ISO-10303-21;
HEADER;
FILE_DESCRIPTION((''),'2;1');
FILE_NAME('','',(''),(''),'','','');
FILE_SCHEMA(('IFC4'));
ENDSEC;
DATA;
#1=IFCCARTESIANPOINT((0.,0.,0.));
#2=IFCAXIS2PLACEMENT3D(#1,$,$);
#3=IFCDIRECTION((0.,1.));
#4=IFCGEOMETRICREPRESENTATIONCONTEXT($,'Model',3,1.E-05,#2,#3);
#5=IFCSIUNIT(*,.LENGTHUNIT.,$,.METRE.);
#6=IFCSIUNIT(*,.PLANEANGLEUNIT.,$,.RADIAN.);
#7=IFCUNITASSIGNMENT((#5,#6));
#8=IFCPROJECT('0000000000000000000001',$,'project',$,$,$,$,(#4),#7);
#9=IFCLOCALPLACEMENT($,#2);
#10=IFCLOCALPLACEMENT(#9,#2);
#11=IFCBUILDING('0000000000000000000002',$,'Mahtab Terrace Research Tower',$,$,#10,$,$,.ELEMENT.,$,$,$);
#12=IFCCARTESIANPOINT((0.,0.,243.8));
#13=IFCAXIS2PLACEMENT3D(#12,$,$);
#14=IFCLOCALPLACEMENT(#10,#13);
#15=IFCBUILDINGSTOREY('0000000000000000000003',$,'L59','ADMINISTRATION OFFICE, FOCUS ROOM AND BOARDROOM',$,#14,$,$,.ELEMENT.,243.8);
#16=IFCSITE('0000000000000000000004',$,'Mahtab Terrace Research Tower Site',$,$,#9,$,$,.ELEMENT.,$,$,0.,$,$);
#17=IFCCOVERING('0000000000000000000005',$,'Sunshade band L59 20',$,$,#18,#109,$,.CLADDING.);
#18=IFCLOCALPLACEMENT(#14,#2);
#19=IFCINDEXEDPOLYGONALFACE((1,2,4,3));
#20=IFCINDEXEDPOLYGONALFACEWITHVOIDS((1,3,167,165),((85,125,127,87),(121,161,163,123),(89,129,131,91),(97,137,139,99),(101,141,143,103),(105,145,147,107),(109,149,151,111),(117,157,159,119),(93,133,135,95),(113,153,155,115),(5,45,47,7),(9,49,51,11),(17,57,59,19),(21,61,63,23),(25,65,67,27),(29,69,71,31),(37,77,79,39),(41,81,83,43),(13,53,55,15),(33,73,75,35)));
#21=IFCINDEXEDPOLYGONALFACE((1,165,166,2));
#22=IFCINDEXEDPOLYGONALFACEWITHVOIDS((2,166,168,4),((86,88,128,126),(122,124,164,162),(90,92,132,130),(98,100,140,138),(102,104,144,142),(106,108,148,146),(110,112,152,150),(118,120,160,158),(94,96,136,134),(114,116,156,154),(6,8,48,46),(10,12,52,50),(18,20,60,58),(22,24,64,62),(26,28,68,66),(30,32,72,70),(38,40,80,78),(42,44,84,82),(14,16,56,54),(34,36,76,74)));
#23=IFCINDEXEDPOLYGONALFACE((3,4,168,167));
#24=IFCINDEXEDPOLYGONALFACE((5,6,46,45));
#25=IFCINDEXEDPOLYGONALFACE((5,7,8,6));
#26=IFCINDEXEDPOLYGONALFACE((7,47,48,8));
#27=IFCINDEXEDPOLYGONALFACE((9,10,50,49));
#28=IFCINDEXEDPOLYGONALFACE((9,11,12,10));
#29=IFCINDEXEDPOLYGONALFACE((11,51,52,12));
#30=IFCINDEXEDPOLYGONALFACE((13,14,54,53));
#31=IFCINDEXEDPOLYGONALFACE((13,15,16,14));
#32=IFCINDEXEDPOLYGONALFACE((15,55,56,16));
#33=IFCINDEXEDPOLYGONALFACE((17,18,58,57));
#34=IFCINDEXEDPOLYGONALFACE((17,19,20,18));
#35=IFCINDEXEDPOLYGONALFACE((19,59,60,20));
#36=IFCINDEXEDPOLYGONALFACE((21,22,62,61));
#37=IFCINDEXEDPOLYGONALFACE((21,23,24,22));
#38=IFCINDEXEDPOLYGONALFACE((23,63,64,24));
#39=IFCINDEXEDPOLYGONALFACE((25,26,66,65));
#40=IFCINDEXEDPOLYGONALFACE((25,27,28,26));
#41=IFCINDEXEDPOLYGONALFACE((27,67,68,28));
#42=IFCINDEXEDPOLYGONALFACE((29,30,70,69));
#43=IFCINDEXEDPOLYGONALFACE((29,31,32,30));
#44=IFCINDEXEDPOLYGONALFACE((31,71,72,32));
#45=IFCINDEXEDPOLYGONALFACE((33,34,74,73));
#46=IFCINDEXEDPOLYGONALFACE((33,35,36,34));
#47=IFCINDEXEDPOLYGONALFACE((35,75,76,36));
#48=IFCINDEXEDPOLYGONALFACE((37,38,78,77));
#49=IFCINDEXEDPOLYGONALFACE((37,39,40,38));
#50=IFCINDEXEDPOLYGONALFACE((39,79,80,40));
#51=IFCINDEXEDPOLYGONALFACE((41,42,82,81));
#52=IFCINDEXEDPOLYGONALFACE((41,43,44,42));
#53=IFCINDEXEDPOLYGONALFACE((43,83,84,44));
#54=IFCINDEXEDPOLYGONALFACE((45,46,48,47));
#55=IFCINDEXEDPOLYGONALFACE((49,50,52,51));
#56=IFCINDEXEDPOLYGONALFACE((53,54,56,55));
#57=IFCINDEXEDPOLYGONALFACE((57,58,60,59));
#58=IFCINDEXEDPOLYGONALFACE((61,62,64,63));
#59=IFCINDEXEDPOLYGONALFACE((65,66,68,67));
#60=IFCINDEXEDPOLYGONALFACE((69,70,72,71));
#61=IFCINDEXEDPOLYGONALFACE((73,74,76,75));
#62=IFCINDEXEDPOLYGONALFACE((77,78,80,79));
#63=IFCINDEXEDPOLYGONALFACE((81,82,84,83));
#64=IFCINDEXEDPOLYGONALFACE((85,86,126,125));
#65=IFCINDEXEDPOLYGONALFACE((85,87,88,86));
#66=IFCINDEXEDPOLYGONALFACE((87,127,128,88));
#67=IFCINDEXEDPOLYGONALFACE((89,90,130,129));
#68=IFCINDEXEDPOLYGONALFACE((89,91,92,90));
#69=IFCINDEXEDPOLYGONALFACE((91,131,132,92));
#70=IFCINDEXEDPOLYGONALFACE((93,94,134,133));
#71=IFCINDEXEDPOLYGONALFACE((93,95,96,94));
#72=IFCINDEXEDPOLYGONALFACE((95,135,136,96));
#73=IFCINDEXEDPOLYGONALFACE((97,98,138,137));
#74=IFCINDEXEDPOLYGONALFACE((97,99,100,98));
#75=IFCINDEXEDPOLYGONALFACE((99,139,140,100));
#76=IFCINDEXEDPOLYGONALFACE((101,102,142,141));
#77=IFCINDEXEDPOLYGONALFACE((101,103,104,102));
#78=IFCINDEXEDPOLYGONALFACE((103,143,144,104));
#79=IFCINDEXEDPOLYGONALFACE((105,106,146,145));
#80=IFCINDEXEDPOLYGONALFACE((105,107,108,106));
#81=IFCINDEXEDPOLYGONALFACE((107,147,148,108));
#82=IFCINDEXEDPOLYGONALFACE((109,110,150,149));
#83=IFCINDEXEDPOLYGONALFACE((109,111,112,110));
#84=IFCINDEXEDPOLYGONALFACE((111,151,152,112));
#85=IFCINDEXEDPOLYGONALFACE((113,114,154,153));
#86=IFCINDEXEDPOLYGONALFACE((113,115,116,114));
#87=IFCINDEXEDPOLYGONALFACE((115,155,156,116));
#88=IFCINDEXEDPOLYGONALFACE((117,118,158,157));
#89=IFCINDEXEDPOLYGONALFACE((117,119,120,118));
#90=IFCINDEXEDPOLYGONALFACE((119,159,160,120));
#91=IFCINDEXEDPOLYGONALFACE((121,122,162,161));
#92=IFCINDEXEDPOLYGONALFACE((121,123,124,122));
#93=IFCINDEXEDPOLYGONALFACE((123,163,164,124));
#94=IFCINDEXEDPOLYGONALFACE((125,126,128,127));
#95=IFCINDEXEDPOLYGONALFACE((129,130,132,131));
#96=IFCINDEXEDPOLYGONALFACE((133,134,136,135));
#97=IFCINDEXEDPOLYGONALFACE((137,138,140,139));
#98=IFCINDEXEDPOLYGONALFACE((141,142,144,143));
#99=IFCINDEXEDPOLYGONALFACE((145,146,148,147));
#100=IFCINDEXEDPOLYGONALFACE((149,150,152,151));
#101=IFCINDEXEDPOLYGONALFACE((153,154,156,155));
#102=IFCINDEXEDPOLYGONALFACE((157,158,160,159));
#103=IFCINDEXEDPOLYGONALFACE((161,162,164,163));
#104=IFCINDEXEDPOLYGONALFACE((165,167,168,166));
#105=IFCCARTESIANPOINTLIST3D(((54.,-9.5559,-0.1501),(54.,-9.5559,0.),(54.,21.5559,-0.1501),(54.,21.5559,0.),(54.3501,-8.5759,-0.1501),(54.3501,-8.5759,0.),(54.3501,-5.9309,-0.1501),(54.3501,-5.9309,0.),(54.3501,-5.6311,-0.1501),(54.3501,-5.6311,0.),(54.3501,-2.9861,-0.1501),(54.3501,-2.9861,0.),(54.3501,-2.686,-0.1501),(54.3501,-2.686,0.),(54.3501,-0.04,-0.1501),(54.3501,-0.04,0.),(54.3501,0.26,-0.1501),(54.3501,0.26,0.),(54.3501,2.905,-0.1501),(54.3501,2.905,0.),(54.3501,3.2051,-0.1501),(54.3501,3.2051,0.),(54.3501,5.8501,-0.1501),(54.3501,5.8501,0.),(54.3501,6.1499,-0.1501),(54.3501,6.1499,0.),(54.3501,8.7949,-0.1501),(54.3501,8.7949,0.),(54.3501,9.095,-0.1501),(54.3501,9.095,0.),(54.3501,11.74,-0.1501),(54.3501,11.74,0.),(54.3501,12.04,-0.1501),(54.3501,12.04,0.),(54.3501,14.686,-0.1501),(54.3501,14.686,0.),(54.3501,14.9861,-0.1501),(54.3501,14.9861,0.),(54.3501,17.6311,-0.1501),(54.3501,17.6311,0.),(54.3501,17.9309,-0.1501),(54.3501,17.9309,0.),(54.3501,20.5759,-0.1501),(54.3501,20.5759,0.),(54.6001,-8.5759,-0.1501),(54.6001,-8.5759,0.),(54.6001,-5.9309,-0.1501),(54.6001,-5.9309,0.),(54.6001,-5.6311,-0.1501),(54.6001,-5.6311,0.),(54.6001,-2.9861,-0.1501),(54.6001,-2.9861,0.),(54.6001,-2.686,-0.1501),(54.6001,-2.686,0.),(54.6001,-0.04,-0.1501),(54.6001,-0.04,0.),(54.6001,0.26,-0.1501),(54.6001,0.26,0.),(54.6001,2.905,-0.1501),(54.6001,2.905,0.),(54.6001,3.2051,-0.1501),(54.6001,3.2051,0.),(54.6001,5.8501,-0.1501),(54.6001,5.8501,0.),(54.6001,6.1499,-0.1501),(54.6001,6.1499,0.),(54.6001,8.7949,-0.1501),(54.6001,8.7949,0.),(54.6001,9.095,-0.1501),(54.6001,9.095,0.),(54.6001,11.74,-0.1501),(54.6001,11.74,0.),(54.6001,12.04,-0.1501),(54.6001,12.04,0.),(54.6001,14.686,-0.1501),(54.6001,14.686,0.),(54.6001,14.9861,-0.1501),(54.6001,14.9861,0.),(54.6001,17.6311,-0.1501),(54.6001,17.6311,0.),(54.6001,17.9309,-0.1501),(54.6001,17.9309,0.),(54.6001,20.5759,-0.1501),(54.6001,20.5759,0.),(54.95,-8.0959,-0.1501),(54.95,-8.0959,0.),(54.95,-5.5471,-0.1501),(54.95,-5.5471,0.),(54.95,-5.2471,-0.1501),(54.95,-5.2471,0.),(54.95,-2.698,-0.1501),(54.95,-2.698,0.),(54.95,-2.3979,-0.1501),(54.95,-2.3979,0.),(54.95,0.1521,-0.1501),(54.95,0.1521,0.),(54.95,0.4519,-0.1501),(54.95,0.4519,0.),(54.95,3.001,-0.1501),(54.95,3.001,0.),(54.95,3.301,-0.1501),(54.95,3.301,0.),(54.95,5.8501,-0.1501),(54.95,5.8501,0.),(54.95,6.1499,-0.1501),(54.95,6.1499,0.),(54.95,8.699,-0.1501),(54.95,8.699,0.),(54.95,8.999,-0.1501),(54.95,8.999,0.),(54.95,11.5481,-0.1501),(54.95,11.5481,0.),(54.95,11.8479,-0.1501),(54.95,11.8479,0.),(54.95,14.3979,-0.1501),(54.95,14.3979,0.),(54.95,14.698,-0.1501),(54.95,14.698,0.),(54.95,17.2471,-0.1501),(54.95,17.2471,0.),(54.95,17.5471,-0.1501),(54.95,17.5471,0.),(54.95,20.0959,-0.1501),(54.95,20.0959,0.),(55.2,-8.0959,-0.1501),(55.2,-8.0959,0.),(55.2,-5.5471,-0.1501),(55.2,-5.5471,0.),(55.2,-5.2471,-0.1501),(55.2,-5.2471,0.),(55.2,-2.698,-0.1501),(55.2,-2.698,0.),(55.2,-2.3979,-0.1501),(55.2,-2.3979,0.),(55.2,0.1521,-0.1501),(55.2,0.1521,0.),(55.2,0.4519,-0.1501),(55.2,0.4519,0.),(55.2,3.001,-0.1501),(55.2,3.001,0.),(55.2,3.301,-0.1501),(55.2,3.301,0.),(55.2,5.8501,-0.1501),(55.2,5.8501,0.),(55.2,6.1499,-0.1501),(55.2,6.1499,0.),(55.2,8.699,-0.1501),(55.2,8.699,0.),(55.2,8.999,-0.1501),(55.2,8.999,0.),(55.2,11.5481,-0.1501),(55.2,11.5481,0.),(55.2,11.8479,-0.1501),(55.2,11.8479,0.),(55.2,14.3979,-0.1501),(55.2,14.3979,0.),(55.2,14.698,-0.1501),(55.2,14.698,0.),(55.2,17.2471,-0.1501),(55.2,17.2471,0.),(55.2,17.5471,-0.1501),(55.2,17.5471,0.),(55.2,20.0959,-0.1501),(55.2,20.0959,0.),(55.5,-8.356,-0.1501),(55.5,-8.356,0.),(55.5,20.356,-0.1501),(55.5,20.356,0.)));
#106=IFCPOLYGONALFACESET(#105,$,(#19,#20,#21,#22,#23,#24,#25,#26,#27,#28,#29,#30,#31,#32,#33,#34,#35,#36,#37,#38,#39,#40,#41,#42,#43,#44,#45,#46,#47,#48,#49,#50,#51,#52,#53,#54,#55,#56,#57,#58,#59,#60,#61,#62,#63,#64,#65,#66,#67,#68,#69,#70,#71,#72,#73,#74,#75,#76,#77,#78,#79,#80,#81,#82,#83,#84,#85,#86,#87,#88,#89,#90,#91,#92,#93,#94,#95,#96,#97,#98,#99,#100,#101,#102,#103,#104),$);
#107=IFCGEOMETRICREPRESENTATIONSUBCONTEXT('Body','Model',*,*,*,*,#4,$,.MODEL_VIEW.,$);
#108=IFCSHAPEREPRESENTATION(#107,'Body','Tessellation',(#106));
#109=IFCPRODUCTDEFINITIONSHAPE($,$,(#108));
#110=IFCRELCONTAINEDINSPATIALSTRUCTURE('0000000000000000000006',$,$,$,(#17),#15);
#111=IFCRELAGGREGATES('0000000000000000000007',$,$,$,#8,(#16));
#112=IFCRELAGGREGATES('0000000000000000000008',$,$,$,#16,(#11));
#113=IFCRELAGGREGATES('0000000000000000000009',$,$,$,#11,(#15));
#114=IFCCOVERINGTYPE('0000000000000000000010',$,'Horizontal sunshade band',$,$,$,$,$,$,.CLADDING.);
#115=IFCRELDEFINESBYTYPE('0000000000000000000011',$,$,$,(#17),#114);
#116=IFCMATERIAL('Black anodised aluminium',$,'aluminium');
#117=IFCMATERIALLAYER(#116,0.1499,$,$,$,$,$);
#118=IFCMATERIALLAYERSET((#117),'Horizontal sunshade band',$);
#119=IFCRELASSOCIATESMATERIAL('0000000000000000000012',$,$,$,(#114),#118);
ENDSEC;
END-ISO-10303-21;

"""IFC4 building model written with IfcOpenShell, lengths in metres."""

from ifc_helpers import new_model, si_unit, direction, frame, origin, place, context, subcontext, project, spatial, polyline, outline, extrude, material, layer, layer_set, type_object, element, save


model = new_model("IFC4")

# Units and contexts
model_context = context("Model", 3, precision=1e-05, world=origin(), true_north=direction((0.0, 1.0)))
body_context = subcontext(model_context, "Body", "Model", "MODEL_VIEW")
ifc_project = project(units=[si_unit("LENGTHUNIT", "METRE"), si_unit("PLANEANGLEUNIT", "RADIAN")], contexts=[model_context])

# Site, building, storey
site_placement = place(None, origin())
site = spatial("IfcSite", under=ifc_project, at=site_placement, Name="Mahtab Terrace Research Tower Site", CompositionType="ELEMENT", RefElevation=0.0)
building_placement = place(site_placement, origin())
building = spatial("IfcBuilding", under=site, at=building_placement, Name="Mahtab Terrace Research Tower", CompositionType="ELEMENT")
storey_placement = place(building_placement, frame((0.0, 0.0, 243.8)))
storey = spatial("IfcBuildingStorey", under=building, at=storey_placement, Name="L59", Description="ADMINISTRATION OFFICE, FOCUS ROOM AND BOARDROOM", CompositionType="ELEMENT", Elevation=243.8)

# Covering
ifc_material_1 = material(Name="Black anodised aluminium", Category="aluminium")
ifc_layer_1 = layer(ifc_material_1, 0.1499)
ifc_layer_set_1 = layer_set([ifc_layer_1], Name="Horizontal sunshade band")
covering_type_1 = type_object("IfcCoveringType", Name="Horizontal sunshade band", PredefinedType="CLADDING", material=ifc_layer_set_1)
covering_1_placement = place(storey_placement, frame((0.0, 0.0, -0.1501)))
element("IfcCovering", 1, at=covering_1_placement, inside=storey, type_object=covering_type_1, Name="Sunshade band L59 20", PredefinedType="CLADDING", context=body_context, shape_type="SweptSolid", body=[
    extrude(outline(polyline([(54.0, -9.5559), (54.0, 21.5559), (55.5, 20.356), (55.5, -8.356), (54.0, -9.5559)]), holes=[polyline([(54.3501, -8.5759), (54.3501, -5.9309), (54.6001, -5.9309), (54.6001, -8.5759), (54.3501, -8.5759)]), polyline([(54.3501, -5.6311), (54.3501, -2.9861), (54.6001, -2.9861), (54.6001, -5.6311), (54.3501, -5.6311)]), polyline([(54.3501, -2.686), (54.3501, -0.04), (54.6001, -0.04), (54.6001, -2.686), (54.3501, -2.686)]), polyline([(54.3501, 0.26), (54.3501, 2.905), (54.6001, 2.905), (54.6001, 0.26), (54.3501, 0.26)]), polyline([(54.3501, 3.2051), (54.3501, 5.8501), (54.6001, 5.8501), (54.6001, 3.2051), (54.3501, 3.2051)]), polyline([(54.3501, 6.1499), (54.3501, 8.7949), (54.6001, 8.7949), (54.6001, 6.1499), (54.3501, 6.1499)]), polyline([(54.3501, 9.095), (54.3501, 11.74), (54.6001, 11.74), (54.6001, 9.095), (54.3501, 9.095)]), polyline([(54.3501, 12.04), (54.3501, 14.686), (54.6001, 14.686), (54.6001, 12.04), (54.3501, 12.04)]), polyline([(54.3501, 14.9861), (54.3501, 17.6311), (54.6001, 17.6311), (54.6001, 14.9861), (54.3501, 14.9861)]), polyline([(54.3501, 17.9309), (54.3501, 20.5759), (54.6001, 20.5759), (54.6001, 17.9309), (54.3501, 17.9309)]), polyline([(54.95, -8.0959), (54.95, -5.5471), (55.2, -5.5471), (55.2, -8.0959), (54.95, -8.0959)]), polyline([(54.95, -5.2471), (54.95, -2.698), (55.2, -2.698), (55.2, -5.2471), (54.95, -5.2471)]), polyline([(54.95, -2.3979), (54.95, 0.1521), (55.2, 0.1521), (55.2, -2.3979), (54.95, -2.3979)]), polyline([(54.95, 0.4519), (54.95, 3.001), (55.2, 3.001), (55.2, 0.4519), (54.95, 0.4519)]), polyline([(54.95, 3.301), (54.95, 5.8501), (55.2, 5.8501), (55.2, 3.301), (54.95, 3.301)]), polyline([(54.95, 6.1499), (54.95, 8.699), (55.2, 8.699), (55.2, 6.1499), (54.95, 6.1499)]), polyline([(54.95, 8.999), (54.95, 11.5481), (55.2, 11.5481), (55.2, 8.999), (54.95, 8.999)]), polyline([(54.95, 11.8479), (54.95, 14.3979), (55.2, 14.3979), (55.2, 11.8479), (54.95, 11.8479)]), polyline([(54.95, 14.698), (54.95, 17.2471), (55.2, 17.2471), (55.2, 14.698), (54.95, 14.698)]), polyline([(54.95, 17.5471), (54.95, 20.0959), (55.2, 20.0959), (55.2, 17.5471), (54.95, 17.5471)])]), origin(), (0.0, 0.0, 1.0), 0.1501),
])

save(model, "model.ifc")
